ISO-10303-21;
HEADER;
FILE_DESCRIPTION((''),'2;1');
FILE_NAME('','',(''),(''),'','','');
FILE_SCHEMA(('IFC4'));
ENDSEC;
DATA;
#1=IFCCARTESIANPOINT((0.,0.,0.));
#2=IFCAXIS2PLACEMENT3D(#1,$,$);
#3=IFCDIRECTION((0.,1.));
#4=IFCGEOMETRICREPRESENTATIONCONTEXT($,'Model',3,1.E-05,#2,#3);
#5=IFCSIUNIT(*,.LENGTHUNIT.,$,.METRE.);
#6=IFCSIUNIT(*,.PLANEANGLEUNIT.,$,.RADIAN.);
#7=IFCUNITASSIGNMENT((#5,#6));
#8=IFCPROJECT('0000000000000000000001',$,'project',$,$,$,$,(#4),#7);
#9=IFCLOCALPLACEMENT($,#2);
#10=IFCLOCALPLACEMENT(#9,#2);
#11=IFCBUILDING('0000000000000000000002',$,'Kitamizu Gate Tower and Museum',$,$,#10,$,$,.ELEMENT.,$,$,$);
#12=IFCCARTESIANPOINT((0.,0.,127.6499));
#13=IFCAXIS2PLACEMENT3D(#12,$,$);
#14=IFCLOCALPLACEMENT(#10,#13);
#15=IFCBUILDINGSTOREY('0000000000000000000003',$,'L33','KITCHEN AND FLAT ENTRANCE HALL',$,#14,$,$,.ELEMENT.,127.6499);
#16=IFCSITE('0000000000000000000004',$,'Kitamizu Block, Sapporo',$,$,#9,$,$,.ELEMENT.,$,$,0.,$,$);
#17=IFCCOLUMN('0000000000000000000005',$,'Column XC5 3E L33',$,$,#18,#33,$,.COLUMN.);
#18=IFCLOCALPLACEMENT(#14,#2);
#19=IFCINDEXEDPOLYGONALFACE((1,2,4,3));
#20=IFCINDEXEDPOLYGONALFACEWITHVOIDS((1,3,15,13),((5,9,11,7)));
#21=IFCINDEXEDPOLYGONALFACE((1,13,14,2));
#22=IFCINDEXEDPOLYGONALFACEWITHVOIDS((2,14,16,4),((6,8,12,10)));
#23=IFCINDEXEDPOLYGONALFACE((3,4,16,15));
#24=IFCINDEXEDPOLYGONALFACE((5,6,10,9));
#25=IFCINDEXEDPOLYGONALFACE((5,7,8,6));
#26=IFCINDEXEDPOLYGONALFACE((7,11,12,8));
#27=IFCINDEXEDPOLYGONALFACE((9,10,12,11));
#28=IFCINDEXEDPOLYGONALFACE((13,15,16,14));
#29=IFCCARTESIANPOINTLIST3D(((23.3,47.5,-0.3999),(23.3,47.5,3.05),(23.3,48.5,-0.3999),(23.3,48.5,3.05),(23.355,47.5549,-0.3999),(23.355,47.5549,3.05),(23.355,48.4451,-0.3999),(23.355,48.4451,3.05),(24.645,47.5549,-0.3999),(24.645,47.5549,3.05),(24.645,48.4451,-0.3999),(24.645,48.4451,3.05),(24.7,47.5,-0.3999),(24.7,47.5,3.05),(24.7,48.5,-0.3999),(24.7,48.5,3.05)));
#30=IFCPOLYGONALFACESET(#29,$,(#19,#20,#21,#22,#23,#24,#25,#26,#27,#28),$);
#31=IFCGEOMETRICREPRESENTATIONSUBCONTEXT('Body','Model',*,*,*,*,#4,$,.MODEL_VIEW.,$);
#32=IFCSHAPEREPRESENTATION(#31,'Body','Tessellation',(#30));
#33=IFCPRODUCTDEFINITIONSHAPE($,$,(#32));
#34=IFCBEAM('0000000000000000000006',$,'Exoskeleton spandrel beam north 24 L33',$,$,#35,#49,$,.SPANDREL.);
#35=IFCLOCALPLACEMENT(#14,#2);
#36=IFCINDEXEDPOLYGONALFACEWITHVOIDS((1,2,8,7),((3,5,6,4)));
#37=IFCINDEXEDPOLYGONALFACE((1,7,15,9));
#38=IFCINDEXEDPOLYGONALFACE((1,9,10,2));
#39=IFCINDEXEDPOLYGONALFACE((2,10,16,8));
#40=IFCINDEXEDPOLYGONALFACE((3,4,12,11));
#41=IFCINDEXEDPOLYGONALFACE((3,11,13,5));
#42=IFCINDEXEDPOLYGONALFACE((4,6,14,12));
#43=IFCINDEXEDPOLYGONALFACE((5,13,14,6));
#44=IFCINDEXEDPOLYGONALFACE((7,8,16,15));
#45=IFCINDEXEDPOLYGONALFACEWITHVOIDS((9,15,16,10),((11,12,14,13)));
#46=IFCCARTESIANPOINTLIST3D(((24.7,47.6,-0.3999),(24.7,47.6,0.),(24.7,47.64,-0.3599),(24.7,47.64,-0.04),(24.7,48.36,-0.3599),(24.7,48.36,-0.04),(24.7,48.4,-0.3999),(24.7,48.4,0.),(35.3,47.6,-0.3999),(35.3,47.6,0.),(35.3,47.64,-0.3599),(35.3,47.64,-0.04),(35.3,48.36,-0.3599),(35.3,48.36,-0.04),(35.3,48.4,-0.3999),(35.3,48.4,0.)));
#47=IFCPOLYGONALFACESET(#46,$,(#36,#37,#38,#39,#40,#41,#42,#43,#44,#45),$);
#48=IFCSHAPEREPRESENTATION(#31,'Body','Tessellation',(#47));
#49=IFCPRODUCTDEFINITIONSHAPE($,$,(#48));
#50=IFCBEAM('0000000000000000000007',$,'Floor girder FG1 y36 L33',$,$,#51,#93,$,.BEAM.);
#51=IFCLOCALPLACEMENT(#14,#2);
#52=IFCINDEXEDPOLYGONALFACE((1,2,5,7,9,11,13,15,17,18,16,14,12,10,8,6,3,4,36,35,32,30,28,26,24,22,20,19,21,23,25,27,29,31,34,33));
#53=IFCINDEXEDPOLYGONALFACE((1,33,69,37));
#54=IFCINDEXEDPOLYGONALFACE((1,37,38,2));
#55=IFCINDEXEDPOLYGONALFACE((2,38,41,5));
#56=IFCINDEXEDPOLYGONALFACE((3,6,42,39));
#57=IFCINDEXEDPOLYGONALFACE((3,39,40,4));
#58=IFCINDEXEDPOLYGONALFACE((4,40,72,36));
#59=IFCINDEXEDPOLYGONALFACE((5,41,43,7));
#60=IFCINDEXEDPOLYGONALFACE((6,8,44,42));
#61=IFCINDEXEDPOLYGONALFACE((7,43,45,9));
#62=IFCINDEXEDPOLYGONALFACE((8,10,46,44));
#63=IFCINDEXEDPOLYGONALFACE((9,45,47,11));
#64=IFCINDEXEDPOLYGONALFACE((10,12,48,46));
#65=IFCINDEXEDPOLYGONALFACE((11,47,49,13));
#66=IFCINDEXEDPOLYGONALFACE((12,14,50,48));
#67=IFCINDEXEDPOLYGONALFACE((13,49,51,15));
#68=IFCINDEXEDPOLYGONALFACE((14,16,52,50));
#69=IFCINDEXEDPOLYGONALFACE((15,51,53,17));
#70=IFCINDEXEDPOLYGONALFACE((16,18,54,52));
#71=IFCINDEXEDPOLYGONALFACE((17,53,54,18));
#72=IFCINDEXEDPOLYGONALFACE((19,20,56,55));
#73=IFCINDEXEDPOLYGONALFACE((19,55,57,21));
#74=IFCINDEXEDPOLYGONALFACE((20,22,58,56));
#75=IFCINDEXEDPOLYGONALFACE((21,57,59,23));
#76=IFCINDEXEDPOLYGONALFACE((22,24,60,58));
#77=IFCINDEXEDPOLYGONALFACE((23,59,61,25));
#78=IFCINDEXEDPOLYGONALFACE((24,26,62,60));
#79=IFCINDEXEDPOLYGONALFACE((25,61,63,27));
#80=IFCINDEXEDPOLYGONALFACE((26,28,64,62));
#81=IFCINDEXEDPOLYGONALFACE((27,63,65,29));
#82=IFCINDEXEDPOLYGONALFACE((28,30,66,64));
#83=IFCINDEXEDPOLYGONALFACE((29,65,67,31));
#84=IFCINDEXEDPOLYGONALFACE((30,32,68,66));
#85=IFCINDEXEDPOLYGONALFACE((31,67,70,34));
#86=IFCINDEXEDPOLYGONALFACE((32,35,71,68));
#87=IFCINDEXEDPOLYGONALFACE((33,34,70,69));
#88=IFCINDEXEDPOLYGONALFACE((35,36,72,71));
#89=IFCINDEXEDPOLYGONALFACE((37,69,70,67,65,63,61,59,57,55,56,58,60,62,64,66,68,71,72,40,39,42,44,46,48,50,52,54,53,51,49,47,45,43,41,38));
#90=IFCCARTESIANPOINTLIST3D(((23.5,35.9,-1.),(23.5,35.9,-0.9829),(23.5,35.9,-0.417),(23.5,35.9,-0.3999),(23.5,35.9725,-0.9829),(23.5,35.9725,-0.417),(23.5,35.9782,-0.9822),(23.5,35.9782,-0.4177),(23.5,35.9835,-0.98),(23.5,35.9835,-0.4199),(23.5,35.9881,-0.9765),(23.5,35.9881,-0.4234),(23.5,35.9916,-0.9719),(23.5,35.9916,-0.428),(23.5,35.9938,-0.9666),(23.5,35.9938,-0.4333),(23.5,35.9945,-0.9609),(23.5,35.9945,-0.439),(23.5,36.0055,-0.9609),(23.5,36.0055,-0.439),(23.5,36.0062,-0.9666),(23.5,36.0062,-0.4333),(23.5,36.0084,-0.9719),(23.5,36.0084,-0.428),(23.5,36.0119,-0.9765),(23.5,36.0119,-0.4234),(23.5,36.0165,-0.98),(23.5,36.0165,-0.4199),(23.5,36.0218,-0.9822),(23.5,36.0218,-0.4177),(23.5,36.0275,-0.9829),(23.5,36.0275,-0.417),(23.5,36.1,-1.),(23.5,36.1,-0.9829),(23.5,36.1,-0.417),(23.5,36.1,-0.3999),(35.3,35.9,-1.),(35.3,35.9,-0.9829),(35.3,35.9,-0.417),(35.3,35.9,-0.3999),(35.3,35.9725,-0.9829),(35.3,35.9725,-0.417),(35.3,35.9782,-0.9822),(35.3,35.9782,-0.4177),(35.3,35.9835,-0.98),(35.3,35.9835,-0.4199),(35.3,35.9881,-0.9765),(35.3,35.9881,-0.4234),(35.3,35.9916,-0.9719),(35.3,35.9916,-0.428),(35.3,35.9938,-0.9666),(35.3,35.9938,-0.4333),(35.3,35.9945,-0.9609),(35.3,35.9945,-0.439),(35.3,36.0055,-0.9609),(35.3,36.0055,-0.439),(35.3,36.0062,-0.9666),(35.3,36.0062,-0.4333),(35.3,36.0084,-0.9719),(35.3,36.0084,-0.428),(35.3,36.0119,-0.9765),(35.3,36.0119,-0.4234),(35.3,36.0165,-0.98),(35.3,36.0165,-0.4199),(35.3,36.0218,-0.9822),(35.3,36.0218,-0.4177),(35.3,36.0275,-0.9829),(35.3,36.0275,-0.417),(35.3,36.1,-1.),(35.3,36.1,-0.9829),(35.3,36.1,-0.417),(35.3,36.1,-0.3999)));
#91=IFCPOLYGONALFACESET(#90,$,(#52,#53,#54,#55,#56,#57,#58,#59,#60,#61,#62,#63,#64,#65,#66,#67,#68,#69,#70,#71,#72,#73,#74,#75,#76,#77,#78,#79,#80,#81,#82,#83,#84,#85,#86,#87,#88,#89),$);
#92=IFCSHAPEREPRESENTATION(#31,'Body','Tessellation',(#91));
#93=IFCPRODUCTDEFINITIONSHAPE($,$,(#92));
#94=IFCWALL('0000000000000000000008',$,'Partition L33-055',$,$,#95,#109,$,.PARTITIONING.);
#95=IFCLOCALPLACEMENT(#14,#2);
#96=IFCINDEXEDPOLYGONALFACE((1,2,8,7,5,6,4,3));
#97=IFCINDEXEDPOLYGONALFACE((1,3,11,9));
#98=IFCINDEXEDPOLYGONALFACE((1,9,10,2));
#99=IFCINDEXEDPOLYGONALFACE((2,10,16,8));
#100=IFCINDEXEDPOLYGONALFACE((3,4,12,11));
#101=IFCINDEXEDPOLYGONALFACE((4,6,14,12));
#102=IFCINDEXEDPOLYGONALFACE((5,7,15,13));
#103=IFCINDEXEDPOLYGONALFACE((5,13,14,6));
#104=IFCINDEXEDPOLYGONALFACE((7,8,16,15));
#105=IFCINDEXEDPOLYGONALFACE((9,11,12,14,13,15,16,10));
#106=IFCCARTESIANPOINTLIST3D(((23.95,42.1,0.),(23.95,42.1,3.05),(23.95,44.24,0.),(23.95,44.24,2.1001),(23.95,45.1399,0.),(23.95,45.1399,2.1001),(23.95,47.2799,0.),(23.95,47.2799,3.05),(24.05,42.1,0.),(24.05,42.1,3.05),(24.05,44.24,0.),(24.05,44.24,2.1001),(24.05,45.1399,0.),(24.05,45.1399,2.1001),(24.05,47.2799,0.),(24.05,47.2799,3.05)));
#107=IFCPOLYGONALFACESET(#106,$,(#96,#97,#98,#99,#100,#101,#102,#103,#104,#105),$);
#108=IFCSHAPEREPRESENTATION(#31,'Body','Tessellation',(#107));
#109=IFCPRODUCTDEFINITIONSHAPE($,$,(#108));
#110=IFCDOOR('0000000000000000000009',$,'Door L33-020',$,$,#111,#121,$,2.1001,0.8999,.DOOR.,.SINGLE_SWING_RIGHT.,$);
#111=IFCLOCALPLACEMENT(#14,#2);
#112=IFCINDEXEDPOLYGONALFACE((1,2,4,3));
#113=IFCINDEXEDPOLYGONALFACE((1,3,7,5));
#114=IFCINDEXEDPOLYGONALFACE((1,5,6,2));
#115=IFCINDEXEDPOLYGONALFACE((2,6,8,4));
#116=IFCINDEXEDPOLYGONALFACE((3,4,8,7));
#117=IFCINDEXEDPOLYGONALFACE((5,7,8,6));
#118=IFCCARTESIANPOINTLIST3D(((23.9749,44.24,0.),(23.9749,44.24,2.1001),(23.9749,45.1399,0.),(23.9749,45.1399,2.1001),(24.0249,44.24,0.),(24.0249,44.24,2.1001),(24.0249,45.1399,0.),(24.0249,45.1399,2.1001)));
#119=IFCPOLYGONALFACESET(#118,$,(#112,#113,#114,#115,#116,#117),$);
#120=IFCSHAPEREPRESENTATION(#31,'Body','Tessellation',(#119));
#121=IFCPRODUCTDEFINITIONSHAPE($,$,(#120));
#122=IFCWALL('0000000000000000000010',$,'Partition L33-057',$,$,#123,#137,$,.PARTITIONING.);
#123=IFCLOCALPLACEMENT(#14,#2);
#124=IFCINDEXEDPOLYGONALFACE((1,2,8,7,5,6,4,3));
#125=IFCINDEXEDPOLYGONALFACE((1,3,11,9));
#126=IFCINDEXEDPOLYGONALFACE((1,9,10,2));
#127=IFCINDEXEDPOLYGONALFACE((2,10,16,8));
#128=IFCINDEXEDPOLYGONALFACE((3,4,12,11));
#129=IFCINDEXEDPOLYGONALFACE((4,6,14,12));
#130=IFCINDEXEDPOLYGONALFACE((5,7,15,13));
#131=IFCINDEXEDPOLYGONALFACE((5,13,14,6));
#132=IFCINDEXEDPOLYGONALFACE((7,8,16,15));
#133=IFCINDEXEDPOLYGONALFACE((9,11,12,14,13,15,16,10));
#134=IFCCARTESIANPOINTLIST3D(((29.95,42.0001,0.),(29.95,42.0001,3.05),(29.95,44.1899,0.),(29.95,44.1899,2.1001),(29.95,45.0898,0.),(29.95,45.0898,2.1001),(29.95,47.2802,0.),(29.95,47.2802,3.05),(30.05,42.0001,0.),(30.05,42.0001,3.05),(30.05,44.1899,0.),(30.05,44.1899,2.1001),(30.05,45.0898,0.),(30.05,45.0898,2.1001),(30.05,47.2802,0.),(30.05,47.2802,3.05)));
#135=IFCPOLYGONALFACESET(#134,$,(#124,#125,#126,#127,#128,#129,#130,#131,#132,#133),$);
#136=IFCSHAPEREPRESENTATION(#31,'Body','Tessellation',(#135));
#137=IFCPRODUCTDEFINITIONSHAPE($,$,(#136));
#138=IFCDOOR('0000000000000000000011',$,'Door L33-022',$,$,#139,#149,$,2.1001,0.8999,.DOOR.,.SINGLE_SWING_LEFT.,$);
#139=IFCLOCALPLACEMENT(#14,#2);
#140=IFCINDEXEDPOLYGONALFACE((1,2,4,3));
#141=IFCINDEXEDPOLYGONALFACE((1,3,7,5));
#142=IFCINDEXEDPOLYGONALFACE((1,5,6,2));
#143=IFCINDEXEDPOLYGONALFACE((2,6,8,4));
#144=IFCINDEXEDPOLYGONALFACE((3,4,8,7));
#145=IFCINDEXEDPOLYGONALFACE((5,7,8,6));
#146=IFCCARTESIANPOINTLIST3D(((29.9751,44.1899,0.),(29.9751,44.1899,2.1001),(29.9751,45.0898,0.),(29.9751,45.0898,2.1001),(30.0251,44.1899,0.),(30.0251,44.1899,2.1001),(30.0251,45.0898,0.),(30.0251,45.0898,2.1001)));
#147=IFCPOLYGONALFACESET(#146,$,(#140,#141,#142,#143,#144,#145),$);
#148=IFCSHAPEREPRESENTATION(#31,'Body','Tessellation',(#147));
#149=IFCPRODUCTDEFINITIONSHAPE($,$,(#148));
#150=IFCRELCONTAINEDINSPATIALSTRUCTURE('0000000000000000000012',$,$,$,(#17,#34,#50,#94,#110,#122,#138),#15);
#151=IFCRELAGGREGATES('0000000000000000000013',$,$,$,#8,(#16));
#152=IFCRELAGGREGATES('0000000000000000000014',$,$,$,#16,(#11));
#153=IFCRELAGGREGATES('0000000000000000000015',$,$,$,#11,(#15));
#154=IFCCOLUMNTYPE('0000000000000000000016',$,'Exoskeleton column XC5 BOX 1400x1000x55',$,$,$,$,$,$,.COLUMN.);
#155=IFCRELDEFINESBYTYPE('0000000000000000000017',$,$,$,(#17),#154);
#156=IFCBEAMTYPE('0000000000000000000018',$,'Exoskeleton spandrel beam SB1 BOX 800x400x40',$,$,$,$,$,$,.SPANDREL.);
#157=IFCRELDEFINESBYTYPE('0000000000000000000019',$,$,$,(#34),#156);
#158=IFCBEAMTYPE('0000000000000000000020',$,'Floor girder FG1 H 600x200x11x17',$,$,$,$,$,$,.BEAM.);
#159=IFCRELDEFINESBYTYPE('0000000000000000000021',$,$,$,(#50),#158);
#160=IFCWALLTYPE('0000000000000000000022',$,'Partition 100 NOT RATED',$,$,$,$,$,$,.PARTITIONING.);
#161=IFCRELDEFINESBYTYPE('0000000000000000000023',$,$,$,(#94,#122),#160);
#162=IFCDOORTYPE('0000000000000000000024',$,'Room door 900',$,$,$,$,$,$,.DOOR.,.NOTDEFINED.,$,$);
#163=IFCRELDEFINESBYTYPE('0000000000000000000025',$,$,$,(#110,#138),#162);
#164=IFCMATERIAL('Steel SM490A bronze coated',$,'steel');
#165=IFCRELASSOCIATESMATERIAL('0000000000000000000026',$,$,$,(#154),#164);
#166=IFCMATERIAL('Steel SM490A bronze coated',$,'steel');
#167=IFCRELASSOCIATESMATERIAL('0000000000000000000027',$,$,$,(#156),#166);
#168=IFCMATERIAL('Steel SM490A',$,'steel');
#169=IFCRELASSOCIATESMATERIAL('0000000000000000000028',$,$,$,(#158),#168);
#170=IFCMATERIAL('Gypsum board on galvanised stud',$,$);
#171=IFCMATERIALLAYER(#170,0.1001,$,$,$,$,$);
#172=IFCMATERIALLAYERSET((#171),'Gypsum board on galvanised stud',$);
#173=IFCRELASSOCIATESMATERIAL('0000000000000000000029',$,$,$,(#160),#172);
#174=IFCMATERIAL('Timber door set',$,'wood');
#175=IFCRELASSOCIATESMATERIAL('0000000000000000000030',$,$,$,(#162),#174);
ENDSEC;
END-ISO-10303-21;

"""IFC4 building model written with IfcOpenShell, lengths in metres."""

from ifc_helpers import new_model, si_unit, direction, frame, frame_2d, origin, origin_2d, place, context, subcontext, project, spatial, rectangle, hollow_rectangle, i_section, extrude, material, layer, layer_set, material_profile, profile_set, type_object, element, fill, save


model = new_model("IFC4")

# Units and contexts
model_context = context("Model", 3, precision=1e-05, world=origin(), true_north=direction((0.0, 1.0)))
body_context = subcontext(model_context, "Body", "Model", "MODEL_VIEW")
ifc_project = project(units=[si_unit("LENGTHUNIT", "METRE"), si_unit("PLANEANGLEUNIT", "RADIAN")], contexts=[model_context])

# Site, building, storey
site_placement = place(None, origin())
site = spatial("IfcSite", under=ifc_project, at=site_placement, Name="Kitamizu Block, Sapporo", CompositionType="ELEMENT", RefElevation=0.0)
building_placement = place(site_placement, origin())
building = spatial("IfcBuilding", under=site, at=building_placement, Name="Kitamizu Gate Tower and Museum", CompositionType="ELEMENT")
storey_placement = place(building_placement, frame((0.0, 0.0, 127.6499)))
storey = spatial("IfcBuildingStorey", under=building, at=storey_placement, Name="L33", Description="KITCHEN AND FLAT ENTRANCE HALL", CompositionType="ELEMENT", Elevation=127.6499)

# Column
ifc_material_1 = material(Name="Steel SM490A bronze coated", Category="steel")
ifc_material_profile_1 = material_profile(ifc_material_1, hollow_rectangle(XDim=1.3999, YDim=1.0, WallThickness=0.0549, at=origin_2d()), Name="BOX 1400x1000x55")
ifc_profile_set_1 = profile_set([ifc_material_profile_1], Name="Steel SM490A bronze coated")
column_type = type_object("IfcColumnType", Name="Exoskeleton column XC5 BOX 1400x1000x55", PredefinedType="COLUMN", material=ifc_profile_set_1)
column_placement = place(storey_placement, frame((24.0, 48.0, -0.3999), z_axis=(0.0, 0.0, 1.0), x_axis=(1.0, 0.0, 0.0)))
element("IfcColumn", 1, at=column_placement, inside=storey, type_object=column_type, Name="Column XC5 3E L33", PredefinedType="COLUMN", context=body_context, shape_type="SweptSolid", body=[
    extrude(hollow_rectangle(XDim=1.3999, YDim=1.0, WallThickness=0.0549, at=origin_2d()), origin(), (0.0, 0.0, 1.0), 3.45),
])

# Beams
ifc_material_2 = material(Name="Steel SM490A bronze coated", Category="steel")
ifc_material_profile_2 = material_profile(ifc_material_2, hollow_rectangle(XDim=0.8, YDim=0.3999, WallThickness=0.04, at=origin_2d()), Name="BOX 800x400x40")
ifc_profile_set_2 = profile_set([ifc_material_profile_2], Name="Steel SM490A bronze coated")
beam_type_1 = type_object("IfcBeamType", Name="Exoskeleton spandrel beam SB1 BOX 800x400x40", PredefinedType="SPANDREL", material=ifc_profile_set_2)
beam_1_placement = place(storey_placement, frame((24.7, 48.0, -0.2), z_axis=(1.0, 0.0, 0.0), x_axis=(0.0, 1.0, 0.0)))
element("IfcBeam", 2, at=beam_1_placement, inside=storey, type_object=beam_type_1, Name="Exoskeleton spandrel beam north 24 L33", PredefinedType="SPANDREL", context=body_context, shape_type="SweptSolid", body=[
    extrude(hollow_rectangle(XDim=0.8, YDim=0.3999, WallThickness=0.04, at=origin_2d()), origin(), (0.0, 0.0, 1.0), 10.6001),
])
ifc_material_3 = material(Name="Steel SM490A", Category="steel")
ifc_material_profile_3 = material_profile(ifc_material_3, i_section(OverallWidth=0.2, OverallDepth=0.6001, WebThickness=0.011, FlangeThickness=0.0171, FilletRadius=0.022, at=origin_2d()), Name="H-600x200x11x17")
ifc_profile_set_3 = profile_set([ifc_material_profile_3], Name="Steel SM490A")
beam_type_2 = type_object("IfcBeamType", Name="Floor girder FG1 H 600x200x11x17", PredefinedType="BEAM", material=ifc_profile_set_3)
beam_2_placement = place(storey_placement, frame((23.5, 36.0, -0.7), z_axis=(1.0, 0.0, 0.0), x_axis=(0.0, 1.0, 0.0)))
element("IfcBeam", 3, at=beam_2_placement, inside=storey, type_object=beam_type_2, Name="Floor girder FG1 y36 L33", PredefinedType="BEAM", context=body_context, shape_type="SweptSolid", body=[
    extrude(i_section(OverallWidth=0.2, OverallDepth=0.6001, WebThickness=0.011, FlangeThickness=0.0171, FilletRadius=0.022, at=origin_2d()), origin(), (0.0, 0.0, 1.0), 11.8),
])

# Walls, openings, doors
ifc_material_4 = material(Name="Gypsum board on galvanised stud")
ifc_layer_1 = layer(ifc_material_4, 0.1001)
ifc_layer_set_1 = layer_set([ifc_layer_1], Name="Gypsum board on galvanised stud")
wall_type_1 = type_object("IfcWallType", Name="Partition 100 NOT RATED", PredefinedType="PARTITIONING", material=ifc_layer_set_1)
wall_1_placement = place(storey_placement, frame((24.0, 42.1001, 0.0), z_axis=(0.0, 0.0, 1.0), x_axis=(0.0, 1.0, 0.0)))
wall_1 = element("IfcWall", 4, at=wall_1_placement, inside=storey, type_object=wall_type_1, Name="Partition L33-055", PredefinedType="PARTITIONING", context=body_context, shape_type="SweptSolid", body=[
    extrude(rectangle(XDim=5.1799, YDim=0.1001, at=frame_2d((2.5898, 0.0))), origin(), (0.0, 0.0, 1.0), 3.05),
])
opening_1_placement = place(wall_1_placement, frame((2.1399, 0.0, 0.0)))
opening_1 = element("IfcOpeningElement", 5, at=opening_1_placement, cuts=wall_1, PredefinedType="OPENING", context=body_context, shape_type="SweptSolid", body=[
    extrude(rectangle(XDim=0.8999, YDim=2.1001, at=frame_2d((0.45, 1.05))), frame((0.0, 0.0601, 0.0), z_axis=(0.0, -1.0, 0.0), x_axis=(1.0, 0.0, 0.0)), (0.0, 0.0, 1.0), 0.1201),
])
ifc_material_5 = material(Name="Timber door set", Category="wood")
door_type_1 = type_object("IfcDoorType", Name="Room door 900", OperationType="NOTDEFINED", PredefinedType="DOOR", material=ifc_material_5)
door_1_placement = place(opening_1_placement, frame((0.8999, 0.0, 0.0), x_axis=(-1.0, 0.0, 0.0)))
door_1 = element("IfcDoor", 6, at=door_1_placement, inside=storey, type_object=door_type_1, Name="Door L33-020", OperationType="SINGLE_SWING_RIGHT", OverallHeight=2.1001, OverallWidth=0.8999, PredefinedType="DOOR", context=body_context, shape_type="SweptSolid", body=[
    extrude(rectangle(XDim=0.8999, YDim=2.1001, at=frame_2d((0.45, 1.05))), frame((0.0, 0.0249, 0.0), z_axis=(0.0, -1.0, 0.0), x_axis=(1.0, 0.0, 0.0)), (0.0, 0.0, 1.0), 0.05),
])
fill(opening_1, door_1)
wall_2_placement = place(storey_placement, frame((30.0, 42.0, 0.0), z_axis=(0.0, 0.0, 1.0), x_axis=(0.0, 1.0, 0.0)))
wall_2 = element("IfcWall", 7, at=wall_2_placement, inside=storey, type_object=wall_type_1, Name="Partition L33-057", PredefinedType="PARTITIONING", context=body_context, shape_type="SweptSolid", body=[
    extrude(rectangle(XDim=5.28, YDim=0.1001, at=frame_2d((2.6401, 0.0))), origin(), (0.0, 0.0, 1.0), 3.05),
])
opening_2_placement = place(wall_2_placement, frame((2.1899, 0.0, 0.0)))
opening_2 = element("IfcOpeningElement", 8, at=opening_2_placement, cuts=wall_2, PredefinedType="OPENING", context=body_context, shape_type="SweptSolid", body=[
    extrude(rectangle(XDim=0.8999, YDim=2.1001, at=frame_2d((0.45, 1.05))), frame((0.0, 0.0601, 0.0), z_axis=(0.0, -1.0, 0.0), x_axis=(1.0, 0.0, 0.0)), (0.0, 0.0, 1.0), 0.1201),
])
door_2_placement = place(opening_2_placement, origin())
door_2 = element("IfcDoor", 9, at=door_2_placement, inside=storey, type_object=door_type_1, Name="Door L33-022", OperationType="SINGLE_SWING_LEFT", OverallHeight=2.1001, OverallWidth=0.8999, PredefinedType="DOOR", context=body_context, shape_type="SweptSolid", body=[
    extrude(rectangle(XDim=0.8999, YDim=2.1001, at=frame_2d((0.45, 1.05))), frame((0.0, 0.0249, 0.0), z_axis=(0.0, -1.0, 0.0), x_axis=(1.0, 0.0, 0.0)), (0.0, 0.0, 1.0), 0.05),
])
fill(opening_2, door_2)

save(model, "model.ifc")
